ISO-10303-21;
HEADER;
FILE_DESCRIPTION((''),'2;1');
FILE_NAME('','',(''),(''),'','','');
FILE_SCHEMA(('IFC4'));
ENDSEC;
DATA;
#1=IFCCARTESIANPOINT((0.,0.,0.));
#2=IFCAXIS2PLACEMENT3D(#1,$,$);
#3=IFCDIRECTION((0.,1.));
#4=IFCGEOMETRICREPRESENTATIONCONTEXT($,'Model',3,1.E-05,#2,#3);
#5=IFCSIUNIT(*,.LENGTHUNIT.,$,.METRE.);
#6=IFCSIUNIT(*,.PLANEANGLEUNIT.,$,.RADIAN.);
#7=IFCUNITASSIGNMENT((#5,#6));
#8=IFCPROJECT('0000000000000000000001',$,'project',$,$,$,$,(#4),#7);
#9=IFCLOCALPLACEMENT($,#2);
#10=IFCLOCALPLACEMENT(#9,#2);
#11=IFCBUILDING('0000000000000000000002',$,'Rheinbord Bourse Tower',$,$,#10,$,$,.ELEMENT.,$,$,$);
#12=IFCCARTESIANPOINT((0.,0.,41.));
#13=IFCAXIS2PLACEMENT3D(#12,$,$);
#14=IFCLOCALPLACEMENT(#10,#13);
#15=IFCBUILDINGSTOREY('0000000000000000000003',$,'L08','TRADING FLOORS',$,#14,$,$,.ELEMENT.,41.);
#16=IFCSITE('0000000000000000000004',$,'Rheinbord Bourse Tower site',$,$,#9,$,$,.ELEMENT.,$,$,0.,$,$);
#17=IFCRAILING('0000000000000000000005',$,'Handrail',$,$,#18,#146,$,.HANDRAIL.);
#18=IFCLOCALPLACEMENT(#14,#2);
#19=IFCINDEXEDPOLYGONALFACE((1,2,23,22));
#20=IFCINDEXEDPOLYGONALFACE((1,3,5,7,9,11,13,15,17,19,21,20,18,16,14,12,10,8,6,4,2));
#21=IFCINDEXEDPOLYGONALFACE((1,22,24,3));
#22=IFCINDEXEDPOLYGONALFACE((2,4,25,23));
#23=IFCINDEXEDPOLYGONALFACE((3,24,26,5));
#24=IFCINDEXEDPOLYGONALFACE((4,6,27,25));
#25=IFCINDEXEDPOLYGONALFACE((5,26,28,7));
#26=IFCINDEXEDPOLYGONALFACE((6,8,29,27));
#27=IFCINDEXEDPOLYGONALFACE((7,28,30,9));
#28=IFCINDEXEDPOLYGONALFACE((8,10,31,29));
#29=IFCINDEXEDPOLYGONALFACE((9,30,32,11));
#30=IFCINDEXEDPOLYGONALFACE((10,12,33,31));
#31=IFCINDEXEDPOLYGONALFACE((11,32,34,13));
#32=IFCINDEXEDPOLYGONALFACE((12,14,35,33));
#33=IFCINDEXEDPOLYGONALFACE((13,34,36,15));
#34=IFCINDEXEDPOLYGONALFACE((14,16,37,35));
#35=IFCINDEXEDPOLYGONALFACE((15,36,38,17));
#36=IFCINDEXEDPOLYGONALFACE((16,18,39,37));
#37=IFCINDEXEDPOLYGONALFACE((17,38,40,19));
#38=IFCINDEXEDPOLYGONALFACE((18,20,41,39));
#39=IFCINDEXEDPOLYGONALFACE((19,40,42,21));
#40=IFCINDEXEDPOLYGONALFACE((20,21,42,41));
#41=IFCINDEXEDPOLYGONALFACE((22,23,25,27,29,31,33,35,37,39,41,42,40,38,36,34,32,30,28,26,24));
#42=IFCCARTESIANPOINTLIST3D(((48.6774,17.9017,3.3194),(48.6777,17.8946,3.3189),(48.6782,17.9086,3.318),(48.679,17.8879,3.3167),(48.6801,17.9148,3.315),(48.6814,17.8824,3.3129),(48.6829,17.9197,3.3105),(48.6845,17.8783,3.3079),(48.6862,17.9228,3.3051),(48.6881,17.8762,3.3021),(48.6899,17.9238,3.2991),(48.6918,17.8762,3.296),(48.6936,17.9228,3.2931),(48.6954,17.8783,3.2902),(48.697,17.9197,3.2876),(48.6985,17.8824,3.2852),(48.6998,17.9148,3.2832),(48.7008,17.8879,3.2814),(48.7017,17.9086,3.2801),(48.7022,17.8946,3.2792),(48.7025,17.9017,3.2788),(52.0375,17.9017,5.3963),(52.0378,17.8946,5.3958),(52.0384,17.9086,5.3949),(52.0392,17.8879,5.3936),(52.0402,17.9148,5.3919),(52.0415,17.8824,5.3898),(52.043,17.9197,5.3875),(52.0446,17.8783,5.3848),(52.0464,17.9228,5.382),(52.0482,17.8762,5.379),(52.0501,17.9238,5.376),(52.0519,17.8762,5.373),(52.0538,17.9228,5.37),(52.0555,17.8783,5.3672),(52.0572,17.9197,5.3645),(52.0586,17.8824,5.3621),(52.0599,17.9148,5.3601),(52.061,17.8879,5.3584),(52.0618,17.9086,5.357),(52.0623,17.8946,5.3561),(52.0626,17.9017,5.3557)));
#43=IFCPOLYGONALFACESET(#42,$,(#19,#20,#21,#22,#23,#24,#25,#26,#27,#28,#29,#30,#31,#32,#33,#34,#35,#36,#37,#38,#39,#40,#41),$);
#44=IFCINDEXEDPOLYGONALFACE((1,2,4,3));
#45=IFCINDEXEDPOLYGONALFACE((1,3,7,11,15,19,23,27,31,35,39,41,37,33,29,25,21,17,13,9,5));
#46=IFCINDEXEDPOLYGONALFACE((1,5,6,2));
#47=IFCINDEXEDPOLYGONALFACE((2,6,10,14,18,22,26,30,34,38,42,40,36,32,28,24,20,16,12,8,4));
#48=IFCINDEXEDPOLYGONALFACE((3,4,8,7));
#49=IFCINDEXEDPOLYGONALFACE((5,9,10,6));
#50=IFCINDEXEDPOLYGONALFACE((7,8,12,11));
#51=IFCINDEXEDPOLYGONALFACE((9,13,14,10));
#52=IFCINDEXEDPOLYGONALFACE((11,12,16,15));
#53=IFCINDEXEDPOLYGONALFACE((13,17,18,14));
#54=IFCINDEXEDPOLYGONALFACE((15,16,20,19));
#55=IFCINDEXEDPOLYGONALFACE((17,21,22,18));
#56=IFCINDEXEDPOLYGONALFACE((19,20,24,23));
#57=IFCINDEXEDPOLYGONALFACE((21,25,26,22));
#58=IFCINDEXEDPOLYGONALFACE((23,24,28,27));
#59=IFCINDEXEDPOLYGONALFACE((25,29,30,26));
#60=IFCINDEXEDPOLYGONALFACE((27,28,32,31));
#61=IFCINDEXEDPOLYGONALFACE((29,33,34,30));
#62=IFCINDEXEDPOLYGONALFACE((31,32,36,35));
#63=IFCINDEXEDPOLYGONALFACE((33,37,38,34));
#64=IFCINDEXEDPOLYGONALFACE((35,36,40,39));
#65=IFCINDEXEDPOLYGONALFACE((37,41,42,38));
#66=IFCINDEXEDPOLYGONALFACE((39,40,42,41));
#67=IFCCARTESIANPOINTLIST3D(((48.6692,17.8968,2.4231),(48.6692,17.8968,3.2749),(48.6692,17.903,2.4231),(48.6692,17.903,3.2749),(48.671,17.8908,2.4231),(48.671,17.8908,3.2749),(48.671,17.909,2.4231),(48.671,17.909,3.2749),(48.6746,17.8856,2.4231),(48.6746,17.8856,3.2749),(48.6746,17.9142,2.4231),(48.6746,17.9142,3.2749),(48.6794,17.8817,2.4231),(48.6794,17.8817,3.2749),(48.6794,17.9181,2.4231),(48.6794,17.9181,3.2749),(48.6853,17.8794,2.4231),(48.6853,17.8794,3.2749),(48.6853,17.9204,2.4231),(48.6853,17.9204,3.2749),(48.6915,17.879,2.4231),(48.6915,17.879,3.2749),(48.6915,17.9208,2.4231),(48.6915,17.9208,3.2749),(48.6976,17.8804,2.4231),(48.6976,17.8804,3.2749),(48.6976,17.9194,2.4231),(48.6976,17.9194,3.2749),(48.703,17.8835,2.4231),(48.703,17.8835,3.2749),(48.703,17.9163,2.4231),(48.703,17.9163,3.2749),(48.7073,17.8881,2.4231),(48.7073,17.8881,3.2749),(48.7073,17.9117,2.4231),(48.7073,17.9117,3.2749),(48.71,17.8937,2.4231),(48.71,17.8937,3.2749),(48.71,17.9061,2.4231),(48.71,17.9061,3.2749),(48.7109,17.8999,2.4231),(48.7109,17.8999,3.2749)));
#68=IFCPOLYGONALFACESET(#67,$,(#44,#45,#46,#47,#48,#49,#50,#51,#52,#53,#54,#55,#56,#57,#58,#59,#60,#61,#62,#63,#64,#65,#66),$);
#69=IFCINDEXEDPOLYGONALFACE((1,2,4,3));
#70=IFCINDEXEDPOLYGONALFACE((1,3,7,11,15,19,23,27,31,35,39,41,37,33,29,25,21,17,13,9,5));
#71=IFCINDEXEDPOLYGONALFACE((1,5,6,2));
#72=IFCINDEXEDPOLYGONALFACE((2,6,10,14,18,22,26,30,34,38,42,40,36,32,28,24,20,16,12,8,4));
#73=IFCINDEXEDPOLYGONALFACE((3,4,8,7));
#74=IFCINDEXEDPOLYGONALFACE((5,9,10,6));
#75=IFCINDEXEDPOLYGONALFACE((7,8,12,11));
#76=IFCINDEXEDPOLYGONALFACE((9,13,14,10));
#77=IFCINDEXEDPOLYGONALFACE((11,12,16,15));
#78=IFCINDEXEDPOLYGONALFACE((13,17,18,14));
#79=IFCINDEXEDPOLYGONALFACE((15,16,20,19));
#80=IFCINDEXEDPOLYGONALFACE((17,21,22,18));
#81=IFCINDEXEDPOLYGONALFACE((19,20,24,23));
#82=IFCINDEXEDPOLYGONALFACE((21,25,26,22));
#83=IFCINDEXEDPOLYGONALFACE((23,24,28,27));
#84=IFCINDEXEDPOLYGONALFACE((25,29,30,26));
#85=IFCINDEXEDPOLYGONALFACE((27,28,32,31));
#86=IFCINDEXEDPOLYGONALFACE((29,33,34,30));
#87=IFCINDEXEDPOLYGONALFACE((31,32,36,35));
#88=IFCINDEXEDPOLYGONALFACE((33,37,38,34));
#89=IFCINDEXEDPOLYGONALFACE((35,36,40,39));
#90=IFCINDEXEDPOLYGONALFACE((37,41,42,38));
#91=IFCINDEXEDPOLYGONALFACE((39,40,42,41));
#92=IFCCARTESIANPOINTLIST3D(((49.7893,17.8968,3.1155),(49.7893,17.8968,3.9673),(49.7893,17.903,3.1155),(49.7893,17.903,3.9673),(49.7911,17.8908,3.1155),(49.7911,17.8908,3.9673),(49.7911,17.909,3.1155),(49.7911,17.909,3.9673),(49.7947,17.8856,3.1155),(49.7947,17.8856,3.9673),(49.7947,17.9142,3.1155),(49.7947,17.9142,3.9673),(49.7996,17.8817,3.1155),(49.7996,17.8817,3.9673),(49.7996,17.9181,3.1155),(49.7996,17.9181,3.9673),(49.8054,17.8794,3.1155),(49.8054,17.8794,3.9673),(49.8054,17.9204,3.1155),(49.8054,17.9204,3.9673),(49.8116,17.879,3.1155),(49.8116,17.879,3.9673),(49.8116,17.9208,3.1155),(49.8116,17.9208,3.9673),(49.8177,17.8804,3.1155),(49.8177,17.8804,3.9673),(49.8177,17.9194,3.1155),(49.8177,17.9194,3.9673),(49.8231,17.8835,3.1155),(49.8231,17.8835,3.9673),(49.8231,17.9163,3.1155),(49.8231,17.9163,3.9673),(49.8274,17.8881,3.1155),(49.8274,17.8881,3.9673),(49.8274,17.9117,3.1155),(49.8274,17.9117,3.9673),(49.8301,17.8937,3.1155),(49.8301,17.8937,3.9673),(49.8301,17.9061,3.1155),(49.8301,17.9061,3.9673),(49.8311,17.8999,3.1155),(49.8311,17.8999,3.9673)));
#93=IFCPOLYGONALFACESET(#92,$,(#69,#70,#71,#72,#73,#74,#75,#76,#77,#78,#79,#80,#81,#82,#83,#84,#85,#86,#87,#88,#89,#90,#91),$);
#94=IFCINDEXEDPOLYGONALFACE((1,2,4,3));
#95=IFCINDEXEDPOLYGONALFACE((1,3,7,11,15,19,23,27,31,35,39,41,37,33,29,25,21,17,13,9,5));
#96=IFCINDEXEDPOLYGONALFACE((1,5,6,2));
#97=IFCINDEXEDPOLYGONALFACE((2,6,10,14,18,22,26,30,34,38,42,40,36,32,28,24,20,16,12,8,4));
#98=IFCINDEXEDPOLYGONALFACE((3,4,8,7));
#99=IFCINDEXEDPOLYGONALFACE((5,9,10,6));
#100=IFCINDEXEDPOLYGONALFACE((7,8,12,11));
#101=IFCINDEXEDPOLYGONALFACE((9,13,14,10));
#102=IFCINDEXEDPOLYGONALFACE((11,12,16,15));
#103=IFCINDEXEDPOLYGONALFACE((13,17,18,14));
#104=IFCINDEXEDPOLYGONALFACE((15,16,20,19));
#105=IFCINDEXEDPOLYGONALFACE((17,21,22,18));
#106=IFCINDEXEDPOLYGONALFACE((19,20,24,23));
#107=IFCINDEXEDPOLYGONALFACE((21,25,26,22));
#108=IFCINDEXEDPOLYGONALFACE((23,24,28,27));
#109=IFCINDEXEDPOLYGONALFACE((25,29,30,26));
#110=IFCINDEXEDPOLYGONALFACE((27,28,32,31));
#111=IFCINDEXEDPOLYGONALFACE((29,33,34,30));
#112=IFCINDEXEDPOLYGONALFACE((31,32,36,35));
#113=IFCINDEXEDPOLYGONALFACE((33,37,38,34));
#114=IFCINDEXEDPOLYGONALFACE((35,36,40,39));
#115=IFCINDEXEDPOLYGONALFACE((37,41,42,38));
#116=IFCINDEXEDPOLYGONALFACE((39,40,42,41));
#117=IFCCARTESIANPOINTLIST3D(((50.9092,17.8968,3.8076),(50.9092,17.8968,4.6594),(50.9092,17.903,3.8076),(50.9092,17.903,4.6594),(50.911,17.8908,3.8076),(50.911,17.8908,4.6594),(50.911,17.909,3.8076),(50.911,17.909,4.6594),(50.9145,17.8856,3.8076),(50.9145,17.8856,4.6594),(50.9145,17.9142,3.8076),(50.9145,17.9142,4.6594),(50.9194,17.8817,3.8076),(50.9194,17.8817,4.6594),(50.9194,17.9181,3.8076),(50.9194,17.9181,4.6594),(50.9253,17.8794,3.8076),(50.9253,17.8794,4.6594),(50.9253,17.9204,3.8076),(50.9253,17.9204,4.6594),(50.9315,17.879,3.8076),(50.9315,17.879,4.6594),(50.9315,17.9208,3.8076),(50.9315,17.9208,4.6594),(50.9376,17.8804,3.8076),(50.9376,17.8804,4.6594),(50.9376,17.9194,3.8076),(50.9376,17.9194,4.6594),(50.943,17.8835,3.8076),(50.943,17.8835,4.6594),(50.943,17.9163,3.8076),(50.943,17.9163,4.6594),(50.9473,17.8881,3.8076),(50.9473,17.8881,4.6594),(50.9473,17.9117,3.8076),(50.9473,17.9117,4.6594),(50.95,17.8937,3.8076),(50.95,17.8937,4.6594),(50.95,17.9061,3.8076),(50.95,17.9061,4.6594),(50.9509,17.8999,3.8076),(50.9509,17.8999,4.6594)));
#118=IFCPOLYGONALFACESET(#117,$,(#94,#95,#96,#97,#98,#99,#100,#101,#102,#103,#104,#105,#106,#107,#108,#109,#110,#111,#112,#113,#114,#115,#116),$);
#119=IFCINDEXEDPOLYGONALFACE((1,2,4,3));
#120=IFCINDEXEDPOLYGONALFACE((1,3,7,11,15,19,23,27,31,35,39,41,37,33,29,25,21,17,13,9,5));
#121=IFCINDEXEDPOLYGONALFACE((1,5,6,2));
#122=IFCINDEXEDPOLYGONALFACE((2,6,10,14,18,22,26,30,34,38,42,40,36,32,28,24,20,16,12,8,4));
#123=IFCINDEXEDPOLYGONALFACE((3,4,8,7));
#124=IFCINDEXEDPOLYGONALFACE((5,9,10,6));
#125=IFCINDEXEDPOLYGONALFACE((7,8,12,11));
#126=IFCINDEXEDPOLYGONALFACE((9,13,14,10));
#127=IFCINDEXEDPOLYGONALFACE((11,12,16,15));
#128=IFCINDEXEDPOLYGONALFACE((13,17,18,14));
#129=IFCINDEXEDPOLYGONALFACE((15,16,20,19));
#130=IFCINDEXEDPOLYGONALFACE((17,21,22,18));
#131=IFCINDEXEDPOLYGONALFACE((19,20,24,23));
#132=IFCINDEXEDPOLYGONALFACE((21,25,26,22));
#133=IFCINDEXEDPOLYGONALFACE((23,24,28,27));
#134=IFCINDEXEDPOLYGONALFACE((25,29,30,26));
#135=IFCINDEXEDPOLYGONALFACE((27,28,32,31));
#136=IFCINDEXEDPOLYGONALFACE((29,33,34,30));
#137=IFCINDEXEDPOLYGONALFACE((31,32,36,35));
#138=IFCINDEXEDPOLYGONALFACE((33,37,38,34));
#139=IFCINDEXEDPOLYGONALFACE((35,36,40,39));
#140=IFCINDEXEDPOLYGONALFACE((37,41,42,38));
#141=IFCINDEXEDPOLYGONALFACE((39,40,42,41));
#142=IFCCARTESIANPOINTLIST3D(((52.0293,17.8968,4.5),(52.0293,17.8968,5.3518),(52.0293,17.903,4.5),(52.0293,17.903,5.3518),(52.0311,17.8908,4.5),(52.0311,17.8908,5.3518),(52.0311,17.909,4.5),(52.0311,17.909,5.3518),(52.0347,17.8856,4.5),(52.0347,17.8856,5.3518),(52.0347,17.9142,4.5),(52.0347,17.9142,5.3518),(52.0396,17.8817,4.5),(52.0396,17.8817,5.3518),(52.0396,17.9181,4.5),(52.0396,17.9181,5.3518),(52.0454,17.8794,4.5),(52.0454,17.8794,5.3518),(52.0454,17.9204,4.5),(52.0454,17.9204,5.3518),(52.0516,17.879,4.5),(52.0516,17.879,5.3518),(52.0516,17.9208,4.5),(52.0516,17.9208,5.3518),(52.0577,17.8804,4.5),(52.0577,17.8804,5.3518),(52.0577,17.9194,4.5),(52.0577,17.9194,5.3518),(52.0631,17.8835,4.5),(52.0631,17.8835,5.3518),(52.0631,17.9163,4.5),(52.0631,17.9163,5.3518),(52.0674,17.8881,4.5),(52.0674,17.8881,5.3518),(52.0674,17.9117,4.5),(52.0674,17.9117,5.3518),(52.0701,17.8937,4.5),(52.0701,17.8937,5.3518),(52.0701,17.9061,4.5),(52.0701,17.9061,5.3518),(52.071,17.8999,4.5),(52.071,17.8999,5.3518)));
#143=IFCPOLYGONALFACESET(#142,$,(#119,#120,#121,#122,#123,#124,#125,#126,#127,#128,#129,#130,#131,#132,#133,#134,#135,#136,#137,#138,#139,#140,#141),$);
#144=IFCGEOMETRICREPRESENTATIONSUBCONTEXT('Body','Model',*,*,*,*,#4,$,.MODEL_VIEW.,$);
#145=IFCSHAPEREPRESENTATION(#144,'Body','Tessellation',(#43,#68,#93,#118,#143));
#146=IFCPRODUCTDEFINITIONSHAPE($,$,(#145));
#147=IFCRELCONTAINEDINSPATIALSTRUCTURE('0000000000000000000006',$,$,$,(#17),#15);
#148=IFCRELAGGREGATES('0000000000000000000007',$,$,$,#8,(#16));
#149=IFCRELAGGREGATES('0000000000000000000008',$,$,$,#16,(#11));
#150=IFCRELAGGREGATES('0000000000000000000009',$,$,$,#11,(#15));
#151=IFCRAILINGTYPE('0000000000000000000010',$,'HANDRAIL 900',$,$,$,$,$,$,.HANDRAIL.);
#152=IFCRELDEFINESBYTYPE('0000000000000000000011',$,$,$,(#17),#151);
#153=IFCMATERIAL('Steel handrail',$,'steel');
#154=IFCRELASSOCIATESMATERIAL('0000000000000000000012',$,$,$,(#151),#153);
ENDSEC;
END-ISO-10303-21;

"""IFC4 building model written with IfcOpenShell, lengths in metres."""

from ifc_helpers import new_model, si_unit, direction, frame, origin, origin_2d, place, context, subcontext, project, spatial, circle, extrude, material, type_object, element, save


model = new_model("IFC4")

# Units and contexts
model_context = context("Model", 3, precision=1e-05, world=origin(), true_north=direction((0.0, 1.0)))
body_context = subcontext(model_context, "Body", "Model", "MODEL_VIEW")
ifc_project = project(units=[si_unit("LENGTHUNIT", "METRE"), si_unit("PLANEANGLEUNIT", "RADIAN")], contexts=[model_context])

# Site, building, storey
site_placement = place(None, origin())
site = spatial("IfcSite", under=ifc_project, at=site_placement, Name="Rheinbord Bourse Tower site", CompositionType="ELEMENT", RefElevation=0.0)
building_placement = place(site_placement, origin())
building = spatial("IfcBuilding", under=site, at=building_placement, Name="Rheinbord Bourse Tower", CompositionType="ELEMENT")
storey_placement = place(building_placement, frame((0.0, 0.0, 41.0)))
storey = spatial("IfcBuildingStorey", under=building, at=storey_placement, Name="L08", Description="TRADING FLOORS", CompositionType="ELEMENT", Elevation=41.0)

# Railing
ifc_material_1 = material(Name="Steel handrail", Category="steel")
railing_type = type_object("IfcRailingType", Name="HANDRAIL 900", PredefinedType="HANDRAIL", material=ifc_material_1)
railing_1_placement = place(storey_placement, frame((48.6899, 17.8999, 2.4231)))
element("IfcRailing", 1, at=railing_1_placement, inside=storey, type_object=railing_type, Name="Handrail", PredefinedType="HANDRAIL", context=body_context, shape_type="SweptSolid", body=[
    extrude(circle(Radius=0.0239, at=origin_2d()), frame((0.0, 0.0, 0.876), z_axis=(0.850623, 0.0, 0.525776), x_axis=(0.0, 1.0, 0.0)), (0.0, 0.0, 1.0), 3.9502),
    extrude(circle(Radius=0.021, at=origin_2d()), origin(), (0.0, 0.0, 1.0), 0.8518),
    extrude(circle(Radius=0.021, at=origin_2d()), frame((1.1201, 0.0, 0.6924)), (0.0, 0.0, 1.0), 0.8518),
    extrude(circle(Radius=0.021, at=origin_2d()), frame((2.24, 0.0, 1.3845)), (0.0, 0.0, 1.0), 0.8518),
    extrude(circle(Radius=0.021, at=origin_2d()), frame((3.3601, 0.0, 2.0769)), (0.0, 0.0, 1.0), 0.8518),
])

save(model, "model.ifc")
